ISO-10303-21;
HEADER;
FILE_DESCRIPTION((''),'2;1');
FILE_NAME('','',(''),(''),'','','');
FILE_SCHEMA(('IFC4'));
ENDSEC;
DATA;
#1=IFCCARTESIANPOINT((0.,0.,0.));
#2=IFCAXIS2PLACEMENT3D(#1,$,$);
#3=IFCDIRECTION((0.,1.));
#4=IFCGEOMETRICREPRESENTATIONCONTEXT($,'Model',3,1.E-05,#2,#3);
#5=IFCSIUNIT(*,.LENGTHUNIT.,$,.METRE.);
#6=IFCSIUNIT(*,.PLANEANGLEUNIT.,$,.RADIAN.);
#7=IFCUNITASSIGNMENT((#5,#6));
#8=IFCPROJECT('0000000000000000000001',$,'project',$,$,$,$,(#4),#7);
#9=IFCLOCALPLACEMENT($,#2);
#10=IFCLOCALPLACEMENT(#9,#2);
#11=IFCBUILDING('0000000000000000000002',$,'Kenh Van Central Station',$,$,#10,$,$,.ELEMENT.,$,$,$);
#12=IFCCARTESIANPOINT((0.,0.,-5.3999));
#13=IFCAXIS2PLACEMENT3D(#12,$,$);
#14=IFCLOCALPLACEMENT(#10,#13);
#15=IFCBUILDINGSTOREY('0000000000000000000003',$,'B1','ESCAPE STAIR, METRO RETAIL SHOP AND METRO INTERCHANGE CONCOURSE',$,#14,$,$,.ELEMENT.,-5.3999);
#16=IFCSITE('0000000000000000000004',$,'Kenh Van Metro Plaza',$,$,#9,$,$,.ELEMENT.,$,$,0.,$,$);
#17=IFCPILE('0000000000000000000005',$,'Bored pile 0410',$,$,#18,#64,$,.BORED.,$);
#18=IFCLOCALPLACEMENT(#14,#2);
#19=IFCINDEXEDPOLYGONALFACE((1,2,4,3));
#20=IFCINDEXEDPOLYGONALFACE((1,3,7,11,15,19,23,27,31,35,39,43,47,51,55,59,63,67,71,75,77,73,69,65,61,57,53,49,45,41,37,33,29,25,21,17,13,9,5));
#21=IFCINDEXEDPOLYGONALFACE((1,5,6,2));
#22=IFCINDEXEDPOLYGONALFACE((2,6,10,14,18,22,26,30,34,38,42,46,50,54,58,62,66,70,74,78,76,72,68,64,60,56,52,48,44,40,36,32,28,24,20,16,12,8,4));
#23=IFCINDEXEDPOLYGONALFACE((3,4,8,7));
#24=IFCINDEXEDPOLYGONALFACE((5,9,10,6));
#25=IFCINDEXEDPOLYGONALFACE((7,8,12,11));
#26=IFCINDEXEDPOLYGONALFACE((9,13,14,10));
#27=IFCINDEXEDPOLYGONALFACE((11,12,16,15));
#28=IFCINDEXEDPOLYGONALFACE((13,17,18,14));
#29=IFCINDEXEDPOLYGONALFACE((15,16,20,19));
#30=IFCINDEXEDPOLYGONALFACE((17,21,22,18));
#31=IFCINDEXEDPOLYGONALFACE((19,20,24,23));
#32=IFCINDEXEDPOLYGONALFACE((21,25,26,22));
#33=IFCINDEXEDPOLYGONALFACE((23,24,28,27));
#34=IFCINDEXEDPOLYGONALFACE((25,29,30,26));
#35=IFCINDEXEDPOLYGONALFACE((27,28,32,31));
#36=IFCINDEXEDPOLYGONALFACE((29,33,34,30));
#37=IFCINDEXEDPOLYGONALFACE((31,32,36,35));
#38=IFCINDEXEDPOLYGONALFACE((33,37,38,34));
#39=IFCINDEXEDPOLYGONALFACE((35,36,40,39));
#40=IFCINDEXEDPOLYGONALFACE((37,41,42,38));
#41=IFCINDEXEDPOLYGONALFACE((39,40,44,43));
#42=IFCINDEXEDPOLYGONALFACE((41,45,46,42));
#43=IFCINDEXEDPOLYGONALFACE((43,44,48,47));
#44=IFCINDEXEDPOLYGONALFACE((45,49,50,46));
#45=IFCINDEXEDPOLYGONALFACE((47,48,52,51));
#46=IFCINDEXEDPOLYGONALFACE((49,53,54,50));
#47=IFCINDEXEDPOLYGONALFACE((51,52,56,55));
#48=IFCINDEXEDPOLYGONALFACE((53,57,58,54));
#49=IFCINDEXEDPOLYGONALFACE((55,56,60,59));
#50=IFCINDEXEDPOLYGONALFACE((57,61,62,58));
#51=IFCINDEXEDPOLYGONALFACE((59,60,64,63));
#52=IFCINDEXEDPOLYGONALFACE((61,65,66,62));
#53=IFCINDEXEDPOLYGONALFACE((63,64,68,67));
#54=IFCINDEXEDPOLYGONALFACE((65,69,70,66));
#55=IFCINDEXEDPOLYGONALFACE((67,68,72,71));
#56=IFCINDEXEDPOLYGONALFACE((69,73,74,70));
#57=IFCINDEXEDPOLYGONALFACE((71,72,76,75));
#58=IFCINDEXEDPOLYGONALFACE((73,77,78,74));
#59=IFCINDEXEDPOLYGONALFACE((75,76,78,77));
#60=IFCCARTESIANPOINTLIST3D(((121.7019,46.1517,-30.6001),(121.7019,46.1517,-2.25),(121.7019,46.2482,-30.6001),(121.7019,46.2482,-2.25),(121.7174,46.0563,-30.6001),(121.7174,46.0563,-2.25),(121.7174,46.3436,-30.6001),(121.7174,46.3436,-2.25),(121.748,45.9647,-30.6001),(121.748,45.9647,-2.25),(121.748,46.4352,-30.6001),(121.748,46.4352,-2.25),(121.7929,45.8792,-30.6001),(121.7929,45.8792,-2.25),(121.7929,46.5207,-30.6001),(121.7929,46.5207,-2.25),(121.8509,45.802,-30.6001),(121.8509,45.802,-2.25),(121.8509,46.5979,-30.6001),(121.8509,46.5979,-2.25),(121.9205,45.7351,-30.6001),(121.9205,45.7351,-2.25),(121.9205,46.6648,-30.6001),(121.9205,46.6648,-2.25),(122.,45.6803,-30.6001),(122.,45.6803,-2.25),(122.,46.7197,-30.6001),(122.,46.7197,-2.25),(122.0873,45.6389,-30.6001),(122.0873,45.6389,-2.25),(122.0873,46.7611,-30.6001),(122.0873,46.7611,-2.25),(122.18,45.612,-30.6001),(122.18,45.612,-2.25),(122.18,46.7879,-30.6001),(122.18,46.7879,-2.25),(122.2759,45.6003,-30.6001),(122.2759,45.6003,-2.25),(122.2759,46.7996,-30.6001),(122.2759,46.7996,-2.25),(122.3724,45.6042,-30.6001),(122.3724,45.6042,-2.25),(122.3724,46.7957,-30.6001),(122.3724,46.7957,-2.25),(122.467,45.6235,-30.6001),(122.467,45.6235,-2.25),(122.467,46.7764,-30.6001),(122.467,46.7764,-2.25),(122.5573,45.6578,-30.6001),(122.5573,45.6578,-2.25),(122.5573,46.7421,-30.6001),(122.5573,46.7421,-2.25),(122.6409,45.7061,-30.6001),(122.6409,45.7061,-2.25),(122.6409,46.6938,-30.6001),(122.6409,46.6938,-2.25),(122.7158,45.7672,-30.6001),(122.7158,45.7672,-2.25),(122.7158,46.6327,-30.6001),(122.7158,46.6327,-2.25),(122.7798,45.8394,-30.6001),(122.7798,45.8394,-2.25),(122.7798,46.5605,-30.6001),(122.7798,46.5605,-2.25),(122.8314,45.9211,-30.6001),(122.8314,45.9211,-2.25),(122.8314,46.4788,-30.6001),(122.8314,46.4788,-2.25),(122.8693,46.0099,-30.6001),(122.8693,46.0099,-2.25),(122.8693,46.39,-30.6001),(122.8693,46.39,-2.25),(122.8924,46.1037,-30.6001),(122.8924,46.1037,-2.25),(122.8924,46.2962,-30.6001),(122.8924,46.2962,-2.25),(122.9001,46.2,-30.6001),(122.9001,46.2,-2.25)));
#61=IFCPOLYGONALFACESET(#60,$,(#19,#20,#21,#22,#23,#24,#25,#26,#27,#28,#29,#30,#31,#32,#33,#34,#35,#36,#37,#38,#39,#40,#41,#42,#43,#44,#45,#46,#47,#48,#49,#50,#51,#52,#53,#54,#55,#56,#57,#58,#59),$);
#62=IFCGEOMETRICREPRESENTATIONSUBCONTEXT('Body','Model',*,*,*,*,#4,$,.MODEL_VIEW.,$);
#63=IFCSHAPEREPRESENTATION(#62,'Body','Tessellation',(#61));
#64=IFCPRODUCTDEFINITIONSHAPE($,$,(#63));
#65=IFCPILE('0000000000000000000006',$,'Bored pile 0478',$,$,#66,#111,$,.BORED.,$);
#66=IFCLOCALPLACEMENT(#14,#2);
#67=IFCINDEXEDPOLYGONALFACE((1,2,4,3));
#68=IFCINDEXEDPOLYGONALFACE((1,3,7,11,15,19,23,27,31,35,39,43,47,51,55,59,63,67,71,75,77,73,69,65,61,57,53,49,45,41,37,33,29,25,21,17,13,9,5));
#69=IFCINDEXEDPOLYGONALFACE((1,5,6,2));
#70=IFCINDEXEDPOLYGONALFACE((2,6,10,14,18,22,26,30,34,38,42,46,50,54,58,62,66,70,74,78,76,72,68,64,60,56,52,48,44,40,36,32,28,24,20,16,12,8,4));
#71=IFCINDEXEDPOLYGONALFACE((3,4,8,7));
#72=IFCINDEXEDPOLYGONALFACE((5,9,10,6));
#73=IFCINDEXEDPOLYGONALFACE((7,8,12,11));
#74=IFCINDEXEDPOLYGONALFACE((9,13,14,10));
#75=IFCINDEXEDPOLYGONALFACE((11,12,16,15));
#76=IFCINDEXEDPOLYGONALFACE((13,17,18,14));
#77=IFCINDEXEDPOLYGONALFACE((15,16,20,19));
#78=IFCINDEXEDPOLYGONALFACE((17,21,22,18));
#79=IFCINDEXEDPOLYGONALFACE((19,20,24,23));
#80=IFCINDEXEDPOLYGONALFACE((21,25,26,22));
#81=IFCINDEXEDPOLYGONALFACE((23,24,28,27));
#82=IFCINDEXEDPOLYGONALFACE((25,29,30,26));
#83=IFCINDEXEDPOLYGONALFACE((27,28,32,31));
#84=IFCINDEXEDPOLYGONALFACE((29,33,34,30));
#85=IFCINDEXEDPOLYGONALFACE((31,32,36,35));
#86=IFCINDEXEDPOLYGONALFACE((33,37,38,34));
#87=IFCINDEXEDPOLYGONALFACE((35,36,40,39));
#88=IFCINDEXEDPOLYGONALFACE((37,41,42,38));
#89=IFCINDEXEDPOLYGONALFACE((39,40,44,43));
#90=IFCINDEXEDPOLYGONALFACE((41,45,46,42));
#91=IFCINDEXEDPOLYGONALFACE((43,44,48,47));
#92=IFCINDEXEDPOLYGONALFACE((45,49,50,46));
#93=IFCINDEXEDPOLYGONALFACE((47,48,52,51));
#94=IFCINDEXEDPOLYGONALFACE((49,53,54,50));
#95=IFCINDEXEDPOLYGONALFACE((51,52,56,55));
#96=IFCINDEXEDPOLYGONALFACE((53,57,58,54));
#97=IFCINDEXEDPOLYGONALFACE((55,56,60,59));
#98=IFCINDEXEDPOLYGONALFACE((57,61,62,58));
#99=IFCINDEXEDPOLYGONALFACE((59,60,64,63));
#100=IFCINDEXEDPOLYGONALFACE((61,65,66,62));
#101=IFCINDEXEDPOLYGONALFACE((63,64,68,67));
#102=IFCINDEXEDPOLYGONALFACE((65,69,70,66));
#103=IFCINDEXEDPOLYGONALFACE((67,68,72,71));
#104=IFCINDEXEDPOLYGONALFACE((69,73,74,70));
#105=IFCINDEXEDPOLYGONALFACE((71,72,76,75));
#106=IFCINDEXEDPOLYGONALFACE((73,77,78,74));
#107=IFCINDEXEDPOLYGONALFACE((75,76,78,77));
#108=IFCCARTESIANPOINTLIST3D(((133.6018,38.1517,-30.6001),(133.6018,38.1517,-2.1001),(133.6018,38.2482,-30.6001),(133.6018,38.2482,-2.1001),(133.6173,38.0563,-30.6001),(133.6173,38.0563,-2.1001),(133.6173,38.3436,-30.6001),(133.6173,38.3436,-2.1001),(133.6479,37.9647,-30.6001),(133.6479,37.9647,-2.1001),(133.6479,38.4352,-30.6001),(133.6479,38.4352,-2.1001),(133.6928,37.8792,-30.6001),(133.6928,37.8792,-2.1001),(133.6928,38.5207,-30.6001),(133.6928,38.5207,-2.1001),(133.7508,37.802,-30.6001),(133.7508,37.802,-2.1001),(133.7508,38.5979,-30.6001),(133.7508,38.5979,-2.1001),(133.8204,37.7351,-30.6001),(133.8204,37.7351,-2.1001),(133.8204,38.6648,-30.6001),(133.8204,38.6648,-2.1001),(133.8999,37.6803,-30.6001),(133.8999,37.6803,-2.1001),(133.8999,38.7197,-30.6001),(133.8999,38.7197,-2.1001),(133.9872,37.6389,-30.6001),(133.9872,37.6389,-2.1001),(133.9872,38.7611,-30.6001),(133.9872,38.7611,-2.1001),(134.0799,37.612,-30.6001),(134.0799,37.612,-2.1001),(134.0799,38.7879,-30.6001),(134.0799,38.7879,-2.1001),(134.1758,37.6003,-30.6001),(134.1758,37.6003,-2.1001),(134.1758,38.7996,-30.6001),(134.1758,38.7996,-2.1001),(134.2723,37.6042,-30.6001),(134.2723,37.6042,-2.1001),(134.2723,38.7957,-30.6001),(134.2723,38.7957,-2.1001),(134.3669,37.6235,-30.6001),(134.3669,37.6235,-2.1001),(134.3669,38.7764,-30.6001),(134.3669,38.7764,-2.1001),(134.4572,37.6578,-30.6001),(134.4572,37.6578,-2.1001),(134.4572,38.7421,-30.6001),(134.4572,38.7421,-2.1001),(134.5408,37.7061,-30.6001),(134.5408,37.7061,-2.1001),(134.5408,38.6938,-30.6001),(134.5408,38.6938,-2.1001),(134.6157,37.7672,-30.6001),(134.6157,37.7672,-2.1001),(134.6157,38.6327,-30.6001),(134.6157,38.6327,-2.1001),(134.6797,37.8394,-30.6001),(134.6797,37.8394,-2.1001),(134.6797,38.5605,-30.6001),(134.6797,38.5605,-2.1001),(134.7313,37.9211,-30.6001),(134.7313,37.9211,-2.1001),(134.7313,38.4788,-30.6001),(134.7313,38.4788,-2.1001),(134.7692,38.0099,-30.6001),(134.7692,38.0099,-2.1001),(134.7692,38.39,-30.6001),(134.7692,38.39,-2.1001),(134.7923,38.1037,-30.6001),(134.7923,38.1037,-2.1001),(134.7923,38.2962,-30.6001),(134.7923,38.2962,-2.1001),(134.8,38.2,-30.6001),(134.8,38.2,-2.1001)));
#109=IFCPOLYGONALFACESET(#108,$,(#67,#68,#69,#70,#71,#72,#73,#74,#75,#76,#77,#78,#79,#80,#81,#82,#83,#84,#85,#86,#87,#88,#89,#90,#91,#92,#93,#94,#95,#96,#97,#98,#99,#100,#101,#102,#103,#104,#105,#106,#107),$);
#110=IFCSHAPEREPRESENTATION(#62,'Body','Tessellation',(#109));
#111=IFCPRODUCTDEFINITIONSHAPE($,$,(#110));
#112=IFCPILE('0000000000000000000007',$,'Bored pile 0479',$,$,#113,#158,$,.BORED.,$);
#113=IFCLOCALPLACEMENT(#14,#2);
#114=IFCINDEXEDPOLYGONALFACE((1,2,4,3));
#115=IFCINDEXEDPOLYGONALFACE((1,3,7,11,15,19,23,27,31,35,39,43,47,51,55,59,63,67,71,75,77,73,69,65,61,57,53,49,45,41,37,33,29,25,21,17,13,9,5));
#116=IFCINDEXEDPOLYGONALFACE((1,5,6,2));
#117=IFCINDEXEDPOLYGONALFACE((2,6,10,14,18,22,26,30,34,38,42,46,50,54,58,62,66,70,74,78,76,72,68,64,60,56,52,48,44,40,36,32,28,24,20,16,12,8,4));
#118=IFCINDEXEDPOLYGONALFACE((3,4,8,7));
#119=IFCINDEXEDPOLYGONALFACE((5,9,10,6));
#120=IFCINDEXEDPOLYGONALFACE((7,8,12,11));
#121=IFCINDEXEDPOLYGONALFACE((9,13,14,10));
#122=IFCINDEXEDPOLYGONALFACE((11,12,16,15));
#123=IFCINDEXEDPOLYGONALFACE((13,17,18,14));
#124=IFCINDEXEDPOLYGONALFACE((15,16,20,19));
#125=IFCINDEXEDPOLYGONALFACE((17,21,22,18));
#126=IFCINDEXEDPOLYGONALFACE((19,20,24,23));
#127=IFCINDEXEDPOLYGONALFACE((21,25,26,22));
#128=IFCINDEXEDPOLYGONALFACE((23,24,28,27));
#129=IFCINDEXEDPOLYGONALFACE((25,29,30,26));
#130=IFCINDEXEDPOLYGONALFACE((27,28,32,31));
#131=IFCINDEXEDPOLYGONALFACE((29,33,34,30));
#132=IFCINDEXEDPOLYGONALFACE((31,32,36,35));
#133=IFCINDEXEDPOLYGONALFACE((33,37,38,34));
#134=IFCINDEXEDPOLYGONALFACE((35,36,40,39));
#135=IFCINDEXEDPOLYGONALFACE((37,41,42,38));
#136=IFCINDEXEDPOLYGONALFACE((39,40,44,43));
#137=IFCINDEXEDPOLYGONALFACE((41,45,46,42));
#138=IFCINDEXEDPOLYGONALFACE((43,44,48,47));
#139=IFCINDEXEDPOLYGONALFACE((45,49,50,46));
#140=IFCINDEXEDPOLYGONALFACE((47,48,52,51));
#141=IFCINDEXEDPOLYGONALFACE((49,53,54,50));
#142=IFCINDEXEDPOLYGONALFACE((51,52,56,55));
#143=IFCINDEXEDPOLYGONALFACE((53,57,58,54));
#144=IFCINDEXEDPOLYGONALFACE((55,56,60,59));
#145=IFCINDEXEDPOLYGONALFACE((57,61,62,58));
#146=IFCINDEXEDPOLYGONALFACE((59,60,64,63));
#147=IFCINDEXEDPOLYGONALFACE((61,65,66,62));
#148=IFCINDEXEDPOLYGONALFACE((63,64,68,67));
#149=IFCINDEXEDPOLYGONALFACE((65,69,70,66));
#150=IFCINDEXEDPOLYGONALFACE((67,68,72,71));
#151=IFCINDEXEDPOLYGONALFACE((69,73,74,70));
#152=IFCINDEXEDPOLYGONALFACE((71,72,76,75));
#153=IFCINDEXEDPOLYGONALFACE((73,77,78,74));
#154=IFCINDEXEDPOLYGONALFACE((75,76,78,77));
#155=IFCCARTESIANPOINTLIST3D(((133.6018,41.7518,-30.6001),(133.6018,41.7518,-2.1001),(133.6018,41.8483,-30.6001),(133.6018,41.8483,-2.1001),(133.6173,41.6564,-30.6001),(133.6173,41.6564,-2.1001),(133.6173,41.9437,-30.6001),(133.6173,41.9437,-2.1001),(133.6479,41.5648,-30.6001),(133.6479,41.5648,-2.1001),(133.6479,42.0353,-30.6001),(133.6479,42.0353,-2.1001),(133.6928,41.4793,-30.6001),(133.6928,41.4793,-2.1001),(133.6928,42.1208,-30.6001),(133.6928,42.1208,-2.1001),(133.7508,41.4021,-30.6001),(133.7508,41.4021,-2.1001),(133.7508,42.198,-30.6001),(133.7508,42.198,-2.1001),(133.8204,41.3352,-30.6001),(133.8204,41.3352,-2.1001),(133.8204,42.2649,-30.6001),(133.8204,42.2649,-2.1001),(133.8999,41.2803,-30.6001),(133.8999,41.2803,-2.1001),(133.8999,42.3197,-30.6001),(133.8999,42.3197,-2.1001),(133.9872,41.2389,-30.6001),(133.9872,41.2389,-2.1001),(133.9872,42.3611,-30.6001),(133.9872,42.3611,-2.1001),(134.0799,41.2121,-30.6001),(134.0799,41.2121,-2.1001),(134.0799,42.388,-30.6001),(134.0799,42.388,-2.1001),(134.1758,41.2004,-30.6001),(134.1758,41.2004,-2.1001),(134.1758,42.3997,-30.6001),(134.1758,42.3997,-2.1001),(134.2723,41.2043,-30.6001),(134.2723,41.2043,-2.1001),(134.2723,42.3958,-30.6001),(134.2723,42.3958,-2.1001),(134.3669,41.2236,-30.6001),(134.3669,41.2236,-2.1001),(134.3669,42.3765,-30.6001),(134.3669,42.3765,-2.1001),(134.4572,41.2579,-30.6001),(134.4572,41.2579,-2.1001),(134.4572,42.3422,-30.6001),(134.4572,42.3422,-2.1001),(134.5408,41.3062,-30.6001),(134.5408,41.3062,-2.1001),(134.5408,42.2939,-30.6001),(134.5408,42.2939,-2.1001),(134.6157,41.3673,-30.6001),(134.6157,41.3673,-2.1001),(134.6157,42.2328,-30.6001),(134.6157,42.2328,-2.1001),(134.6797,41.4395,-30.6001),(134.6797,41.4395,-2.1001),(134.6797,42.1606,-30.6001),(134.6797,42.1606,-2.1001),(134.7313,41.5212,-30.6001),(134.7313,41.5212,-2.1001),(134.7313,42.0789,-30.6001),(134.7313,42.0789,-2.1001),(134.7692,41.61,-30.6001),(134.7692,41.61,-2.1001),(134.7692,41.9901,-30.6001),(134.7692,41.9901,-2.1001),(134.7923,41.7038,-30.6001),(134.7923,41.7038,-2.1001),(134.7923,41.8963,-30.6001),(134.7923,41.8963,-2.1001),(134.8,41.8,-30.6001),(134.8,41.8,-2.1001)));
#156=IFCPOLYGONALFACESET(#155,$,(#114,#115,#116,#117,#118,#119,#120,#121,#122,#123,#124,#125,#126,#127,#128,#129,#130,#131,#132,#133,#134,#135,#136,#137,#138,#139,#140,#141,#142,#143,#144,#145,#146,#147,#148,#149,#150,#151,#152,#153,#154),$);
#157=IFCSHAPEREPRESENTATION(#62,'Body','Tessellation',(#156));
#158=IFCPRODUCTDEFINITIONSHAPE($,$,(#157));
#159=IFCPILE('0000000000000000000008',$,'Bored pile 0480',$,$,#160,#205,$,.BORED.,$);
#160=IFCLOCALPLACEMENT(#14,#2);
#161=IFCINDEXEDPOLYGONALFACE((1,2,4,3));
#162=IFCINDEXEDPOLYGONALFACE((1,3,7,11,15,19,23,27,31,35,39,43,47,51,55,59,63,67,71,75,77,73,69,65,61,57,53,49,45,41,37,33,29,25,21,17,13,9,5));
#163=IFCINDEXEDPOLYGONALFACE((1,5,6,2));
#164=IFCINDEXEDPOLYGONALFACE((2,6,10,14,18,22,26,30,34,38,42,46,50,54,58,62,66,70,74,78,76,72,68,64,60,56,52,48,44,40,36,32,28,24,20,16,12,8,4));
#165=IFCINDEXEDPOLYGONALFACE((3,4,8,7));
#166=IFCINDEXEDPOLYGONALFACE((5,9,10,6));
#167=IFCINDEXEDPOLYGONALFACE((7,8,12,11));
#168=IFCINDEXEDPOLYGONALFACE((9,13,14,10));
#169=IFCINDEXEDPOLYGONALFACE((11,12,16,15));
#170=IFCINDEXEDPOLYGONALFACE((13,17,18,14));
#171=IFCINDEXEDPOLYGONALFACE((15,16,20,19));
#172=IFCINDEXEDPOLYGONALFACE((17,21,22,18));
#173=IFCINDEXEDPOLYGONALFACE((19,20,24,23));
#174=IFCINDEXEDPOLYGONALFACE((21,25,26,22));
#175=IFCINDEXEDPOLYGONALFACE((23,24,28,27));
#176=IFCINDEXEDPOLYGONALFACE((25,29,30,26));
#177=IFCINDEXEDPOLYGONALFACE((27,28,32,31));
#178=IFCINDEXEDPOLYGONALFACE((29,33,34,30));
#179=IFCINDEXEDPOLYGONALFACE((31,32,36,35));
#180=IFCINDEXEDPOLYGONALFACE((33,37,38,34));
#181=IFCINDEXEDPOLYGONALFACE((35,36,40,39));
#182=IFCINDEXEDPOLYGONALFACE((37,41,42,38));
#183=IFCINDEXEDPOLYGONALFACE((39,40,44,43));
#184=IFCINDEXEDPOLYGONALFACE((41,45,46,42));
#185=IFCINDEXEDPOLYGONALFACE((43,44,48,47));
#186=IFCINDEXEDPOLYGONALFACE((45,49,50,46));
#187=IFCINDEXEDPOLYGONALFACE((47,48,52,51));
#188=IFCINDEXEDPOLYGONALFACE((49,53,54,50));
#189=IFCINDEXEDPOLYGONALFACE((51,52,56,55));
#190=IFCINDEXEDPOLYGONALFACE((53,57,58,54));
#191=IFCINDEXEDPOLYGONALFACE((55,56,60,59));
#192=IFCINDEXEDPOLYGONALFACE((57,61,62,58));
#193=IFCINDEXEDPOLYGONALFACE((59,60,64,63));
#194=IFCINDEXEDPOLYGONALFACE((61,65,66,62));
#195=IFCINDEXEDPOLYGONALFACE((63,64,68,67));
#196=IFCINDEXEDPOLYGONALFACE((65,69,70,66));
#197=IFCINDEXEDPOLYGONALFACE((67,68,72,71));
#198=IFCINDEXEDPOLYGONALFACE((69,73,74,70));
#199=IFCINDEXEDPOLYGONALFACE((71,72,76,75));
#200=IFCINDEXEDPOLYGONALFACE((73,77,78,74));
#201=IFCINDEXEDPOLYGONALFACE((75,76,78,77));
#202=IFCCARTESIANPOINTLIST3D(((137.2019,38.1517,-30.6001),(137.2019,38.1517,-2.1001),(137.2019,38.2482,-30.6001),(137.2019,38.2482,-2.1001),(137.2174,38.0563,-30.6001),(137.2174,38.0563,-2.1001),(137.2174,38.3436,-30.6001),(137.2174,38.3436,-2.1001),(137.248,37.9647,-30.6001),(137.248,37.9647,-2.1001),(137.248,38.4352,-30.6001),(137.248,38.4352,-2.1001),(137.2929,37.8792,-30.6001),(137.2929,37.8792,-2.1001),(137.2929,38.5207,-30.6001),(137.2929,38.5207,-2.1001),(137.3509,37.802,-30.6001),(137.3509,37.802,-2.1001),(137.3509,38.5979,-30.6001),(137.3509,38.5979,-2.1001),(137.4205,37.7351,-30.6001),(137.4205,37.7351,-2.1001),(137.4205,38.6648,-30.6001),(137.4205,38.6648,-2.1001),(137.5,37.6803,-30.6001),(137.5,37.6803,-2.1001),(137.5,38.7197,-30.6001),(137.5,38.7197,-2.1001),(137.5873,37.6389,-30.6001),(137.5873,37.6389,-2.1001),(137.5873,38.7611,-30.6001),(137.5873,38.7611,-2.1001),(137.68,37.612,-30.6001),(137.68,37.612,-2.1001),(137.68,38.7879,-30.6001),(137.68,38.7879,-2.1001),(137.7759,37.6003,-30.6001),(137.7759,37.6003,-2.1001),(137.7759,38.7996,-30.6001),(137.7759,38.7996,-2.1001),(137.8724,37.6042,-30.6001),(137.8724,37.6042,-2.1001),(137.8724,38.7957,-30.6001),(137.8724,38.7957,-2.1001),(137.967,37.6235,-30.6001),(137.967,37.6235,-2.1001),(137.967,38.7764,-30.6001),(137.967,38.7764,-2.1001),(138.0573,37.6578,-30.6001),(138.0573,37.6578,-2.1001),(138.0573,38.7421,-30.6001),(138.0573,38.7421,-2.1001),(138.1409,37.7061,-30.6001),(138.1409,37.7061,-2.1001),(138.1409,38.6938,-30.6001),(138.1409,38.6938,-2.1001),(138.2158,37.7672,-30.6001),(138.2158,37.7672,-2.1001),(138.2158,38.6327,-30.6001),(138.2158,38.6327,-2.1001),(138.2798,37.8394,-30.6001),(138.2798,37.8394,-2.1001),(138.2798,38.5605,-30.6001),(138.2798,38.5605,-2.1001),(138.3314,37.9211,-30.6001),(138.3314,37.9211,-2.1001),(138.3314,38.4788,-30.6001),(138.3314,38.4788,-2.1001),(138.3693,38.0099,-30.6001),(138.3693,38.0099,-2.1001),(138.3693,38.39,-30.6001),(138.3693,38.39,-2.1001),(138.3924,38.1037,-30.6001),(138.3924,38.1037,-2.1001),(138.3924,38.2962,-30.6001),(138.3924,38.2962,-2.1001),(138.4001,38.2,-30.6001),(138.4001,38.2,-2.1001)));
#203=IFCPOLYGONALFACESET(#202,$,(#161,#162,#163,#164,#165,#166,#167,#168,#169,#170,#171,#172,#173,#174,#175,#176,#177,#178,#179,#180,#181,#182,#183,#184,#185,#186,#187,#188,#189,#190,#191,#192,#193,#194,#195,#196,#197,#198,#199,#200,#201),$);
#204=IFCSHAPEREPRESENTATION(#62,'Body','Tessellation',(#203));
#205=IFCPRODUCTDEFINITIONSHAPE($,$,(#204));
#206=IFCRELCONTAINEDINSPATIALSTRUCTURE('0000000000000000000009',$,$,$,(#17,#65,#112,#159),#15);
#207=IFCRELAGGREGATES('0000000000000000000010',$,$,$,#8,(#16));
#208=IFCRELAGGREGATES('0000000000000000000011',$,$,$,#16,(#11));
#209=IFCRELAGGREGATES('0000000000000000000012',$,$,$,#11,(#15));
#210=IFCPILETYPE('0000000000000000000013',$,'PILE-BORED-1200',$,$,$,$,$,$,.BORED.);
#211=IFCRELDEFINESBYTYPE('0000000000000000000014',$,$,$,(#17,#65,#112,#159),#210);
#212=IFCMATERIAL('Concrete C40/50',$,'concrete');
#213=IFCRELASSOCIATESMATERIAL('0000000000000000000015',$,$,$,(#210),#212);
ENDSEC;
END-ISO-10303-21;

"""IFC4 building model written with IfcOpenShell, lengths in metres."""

from ifc_helpers import new_model, si_unit, direction, frame, origin, origin_2d, place, context, subcontext, project, spatial, circle, extrude, material, material_profile, profile_set, type_object, element, save


model = new_model("IFC4")

# Units and contexts
model_context = context("Model", 3, precision=1e-05, world=origin(), true_north=direction((0.0, 1.0)))
body_context = subcontext(model_context, "Body", "Model", "MODEL_VIEW")
ifc_project = project(units=[si_unit("LENGTHUNIT", "METRE"), si_unit("PLANEANGLEUNIT", "RADIAN")], contexts=[model_context])

# Site, building, storey
site_placement = place(None, origin())
site = spatial("IfcSite", under=ifc_project, at=site_placement, Name="Kenh Van Metro Plaza", CompositionType="ELEMENT", RefElevation=0.0)
building_placement = place(site_placement, origin())
building = spatial("IfcBuilding", under=site, at=building_placement, Name="Kenh Van Central Station", CompositionType="ELEMENT")
storey_placement = place(building_placement, frame((0.0, 0.0, -5.3999)))
storey = spatial("IfcBuildingStorey", under=building, at=storey_placement, Name="B1", Description="ESCAPE STAIR, METRO RETAIL SHOP AND METRO INTERCHANGE CONCOURSE", CompositionType="ELEMENT", Elevation=-5.3999)

# Shared definitions
ifc_material_1 = material(Name="Concrete C40/50", Category="concrete")

# Piles
ifc_material_profile_1 = material_profile(ifc_material_1, circle(Radius=0.6001, at=origin_2d()), Name="PILE D1200")
ifc_profile_set_1 = profile_set([ifc_material_profile_1], Name="Concrete C40/50")
pile_type_1 = type_object("IfcPileType", Name="PILE-BORED-1200", PredefinedType="BORED", material=ifc_profile_set_1)
for number, where, z_axis, x_axis, name in (
    (1, (122.3, 46.2, -2.25), (0.0, 0.0, -1.0), (1.0, 0.0, 0.0), "Bored pile 0410"),
):
    element("IfcPile", number, at=place(storey_placement, frame(where, z_axis=z_axis, x_axis=x_axis)), inside=storey, type_object=pile_type_1, Name=name, PredefinedType="BORED", context=body_context, shape_type="SweptSolid", body=[
        extrude(circle(Radius=0.6001, at=origin_2d()), origin(), (0.0, 0.0, 1.0), 28.3501),
    ])
for number, where, z_axis, x_axis, name in (
    (2, (134.2, 38.2, -2.1001), (0.0, 0.0, -1.0), (1.0, 0.0, 0.0), "Bored pile 0478"),
    (3, (134.2, 41.8, -2.1001), (0.0, 0.0, -1.0), (1.0, 0.0, 0.0), "Bored pile 0479"),
    (4, (137.8, 38.2, -2.1001), (0.0, 0.0, -1.0), (1.0, 0.0, 0.0), "Bored pile 0480"),
):
    element("IfcPile", number, at=place(storey_placement, frame(where, z_axis=z_axis, x_axis=x_axis)), inside=storey, type_object=pile_type_1, Name=name, PredefinedType="BORED", context=body_context, shape_type="SweptSolid", body=[
        extrude(circle(Radius=0.6001, at=origin_2d()), origin(), (0.0, 0.0, 1.0), 28.5),
    ])

save(model, "model.ifc")
